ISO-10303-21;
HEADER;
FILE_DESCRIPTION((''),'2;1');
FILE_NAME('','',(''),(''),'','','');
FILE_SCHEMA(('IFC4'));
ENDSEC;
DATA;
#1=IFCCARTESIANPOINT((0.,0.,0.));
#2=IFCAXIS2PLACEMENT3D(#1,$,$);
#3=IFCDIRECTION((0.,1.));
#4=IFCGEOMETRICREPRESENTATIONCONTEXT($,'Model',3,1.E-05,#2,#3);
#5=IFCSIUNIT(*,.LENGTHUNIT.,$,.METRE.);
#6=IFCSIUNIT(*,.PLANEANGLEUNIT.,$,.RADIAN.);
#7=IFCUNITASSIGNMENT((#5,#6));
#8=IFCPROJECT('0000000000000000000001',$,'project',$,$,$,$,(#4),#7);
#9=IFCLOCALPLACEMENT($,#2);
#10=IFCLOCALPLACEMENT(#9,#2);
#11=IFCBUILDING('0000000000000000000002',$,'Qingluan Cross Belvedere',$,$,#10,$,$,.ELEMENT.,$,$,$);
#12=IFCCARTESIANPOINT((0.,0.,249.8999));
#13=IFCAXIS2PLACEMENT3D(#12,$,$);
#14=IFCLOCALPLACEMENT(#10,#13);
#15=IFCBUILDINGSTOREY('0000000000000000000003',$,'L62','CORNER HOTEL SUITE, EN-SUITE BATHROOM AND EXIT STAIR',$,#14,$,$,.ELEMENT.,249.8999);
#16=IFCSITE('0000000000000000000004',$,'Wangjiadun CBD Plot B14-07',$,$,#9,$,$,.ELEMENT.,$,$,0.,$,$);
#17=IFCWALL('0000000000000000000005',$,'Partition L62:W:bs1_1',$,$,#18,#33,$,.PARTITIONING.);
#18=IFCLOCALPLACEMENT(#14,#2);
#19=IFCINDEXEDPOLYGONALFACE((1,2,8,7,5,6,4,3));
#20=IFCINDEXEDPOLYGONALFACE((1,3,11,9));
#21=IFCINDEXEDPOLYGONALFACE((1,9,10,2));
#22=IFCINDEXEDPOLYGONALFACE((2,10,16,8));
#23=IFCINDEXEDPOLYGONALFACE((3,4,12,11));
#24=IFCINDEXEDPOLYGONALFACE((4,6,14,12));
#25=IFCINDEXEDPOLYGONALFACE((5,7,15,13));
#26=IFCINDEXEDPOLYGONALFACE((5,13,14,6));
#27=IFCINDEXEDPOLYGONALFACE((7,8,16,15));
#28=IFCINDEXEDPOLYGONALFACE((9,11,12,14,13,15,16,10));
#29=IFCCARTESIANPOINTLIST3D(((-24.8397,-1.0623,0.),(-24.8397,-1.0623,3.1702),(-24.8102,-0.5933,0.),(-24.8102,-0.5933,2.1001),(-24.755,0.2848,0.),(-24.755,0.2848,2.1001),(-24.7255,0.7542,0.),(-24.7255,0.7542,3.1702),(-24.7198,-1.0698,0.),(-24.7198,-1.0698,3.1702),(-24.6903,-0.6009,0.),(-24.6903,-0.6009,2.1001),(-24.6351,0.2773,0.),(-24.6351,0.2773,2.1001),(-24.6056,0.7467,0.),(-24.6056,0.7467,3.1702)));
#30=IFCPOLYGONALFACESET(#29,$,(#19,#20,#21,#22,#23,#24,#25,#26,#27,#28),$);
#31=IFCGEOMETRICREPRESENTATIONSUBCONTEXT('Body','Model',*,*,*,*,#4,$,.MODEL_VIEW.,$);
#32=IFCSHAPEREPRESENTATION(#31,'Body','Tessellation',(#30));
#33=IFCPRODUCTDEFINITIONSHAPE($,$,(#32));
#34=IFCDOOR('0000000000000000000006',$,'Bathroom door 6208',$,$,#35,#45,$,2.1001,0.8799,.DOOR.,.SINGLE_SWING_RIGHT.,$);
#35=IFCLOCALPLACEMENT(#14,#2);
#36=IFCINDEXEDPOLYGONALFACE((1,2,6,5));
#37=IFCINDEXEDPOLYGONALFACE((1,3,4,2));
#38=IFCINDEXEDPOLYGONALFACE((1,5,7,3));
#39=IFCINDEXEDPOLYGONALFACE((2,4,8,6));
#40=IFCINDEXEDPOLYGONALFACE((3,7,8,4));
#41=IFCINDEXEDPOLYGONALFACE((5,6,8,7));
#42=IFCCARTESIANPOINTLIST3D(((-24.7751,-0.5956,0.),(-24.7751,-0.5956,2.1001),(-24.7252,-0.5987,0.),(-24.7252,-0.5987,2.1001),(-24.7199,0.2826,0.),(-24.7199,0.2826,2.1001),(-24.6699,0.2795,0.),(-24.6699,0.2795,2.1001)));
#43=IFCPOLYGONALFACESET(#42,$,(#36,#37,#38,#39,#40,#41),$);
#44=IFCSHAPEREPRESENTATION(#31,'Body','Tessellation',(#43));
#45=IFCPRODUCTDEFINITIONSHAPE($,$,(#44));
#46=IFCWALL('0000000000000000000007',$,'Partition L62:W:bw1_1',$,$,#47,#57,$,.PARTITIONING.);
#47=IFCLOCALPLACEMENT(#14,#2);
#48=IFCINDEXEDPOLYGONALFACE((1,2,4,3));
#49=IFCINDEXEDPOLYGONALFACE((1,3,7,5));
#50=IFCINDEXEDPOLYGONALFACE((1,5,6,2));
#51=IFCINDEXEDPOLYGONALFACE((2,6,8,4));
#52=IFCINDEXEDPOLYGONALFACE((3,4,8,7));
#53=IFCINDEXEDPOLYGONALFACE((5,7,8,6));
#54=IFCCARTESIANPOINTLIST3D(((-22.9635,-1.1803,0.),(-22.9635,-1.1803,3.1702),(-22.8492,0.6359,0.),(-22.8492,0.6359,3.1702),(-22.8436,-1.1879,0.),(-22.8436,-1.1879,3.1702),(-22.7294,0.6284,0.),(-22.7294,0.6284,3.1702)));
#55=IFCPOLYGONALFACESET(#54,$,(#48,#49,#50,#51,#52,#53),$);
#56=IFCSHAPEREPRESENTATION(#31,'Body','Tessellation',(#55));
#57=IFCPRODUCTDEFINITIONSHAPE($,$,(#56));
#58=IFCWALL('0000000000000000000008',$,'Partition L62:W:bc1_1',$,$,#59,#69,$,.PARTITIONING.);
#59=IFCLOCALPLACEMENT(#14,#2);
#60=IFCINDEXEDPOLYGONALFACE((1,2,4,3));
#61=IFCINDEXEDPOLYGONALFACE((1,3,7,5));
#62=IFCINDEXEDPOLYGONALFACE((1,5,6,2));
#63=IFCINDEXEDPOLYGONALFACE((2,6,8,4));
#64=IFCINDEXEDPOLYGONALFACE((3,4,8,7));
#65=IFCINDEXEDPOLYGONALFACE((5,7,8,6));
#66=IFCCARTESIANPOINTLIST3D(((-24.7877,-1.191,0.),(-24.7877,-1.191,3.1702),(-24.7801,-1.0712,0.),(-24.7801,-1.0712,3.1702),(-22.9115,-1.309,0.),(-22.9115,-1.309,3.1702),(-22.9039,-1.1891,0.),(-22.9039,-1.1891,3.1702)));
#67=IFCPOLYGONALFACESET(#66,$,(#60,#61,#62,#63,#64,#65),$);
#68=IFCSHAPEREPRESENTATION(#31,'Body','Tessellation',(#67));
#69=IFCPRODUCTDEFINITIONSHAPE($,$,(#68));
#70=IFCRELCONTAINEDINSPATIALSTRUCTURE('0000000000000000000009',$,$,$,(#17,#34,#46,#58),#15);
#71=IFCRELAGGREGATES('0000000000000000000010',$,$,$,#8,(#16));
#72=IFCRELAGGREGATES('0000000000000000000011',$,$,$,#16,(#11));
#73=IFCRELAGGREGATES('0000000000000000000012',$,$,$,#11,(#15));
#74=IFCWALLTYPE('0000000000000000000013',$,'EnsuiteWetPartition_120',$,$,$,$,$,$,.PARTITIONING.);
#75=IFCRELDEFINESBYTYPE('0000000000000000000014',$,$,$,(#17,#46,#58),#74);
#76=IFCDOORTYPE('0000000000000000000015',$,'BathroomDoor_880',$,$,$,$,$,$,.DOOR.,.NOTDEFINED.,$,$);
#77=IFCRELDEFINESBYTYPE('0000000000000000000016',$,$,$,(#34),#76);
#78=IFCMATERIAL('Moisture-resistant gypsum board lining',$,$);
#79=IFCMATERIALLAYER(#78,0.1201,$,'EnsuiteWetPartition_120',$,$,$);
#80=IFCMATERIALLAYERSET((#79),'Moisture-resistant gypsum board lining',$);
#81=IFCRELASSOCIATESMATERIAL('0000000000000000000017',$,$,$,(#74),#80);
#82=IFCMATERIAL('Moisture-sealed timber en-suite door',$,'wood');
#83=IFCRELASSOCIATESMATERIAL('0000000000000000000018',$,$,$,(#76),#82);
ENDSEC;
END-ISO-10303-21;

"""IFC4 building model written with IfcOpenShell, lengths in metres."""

from ifc_helpers import new_model, si_unit, direction, frame, frame_2d, origin, place, context, subcontext, project, spatial, rectangle, extrude, material, layer, layer_set, type_object, element, fill, save


model = new_model("IFC4")

# Units and contexts
model_context = context("Model", 3, precision=1e-05, world=origin(), true_north=direction((0.0, 1.0)))
body_context = subcontext(model_context, "Body", "Model", "MODEL_VIEW")
ifc_project = project(units=[si_unit("LENGTHUNIT", "METRE"), si_unit("PLANEANGLEUNIT", "RADIAN")], contexts=[model_context])

# Site, building, storey
site_placement = place(None, origin())
site = spatial("IfcSite", under=ifc_project, at=site_placement, Name="Wangjiadun CBD Plot B14-07", CompositionType="ELEMENT", RefElevation=0.0)
building_placement = place(site_placement, origin())
building = spatial("IfcBuilding", under=site, at=building_placement, Name="Qingluan Cross Belvedere", CompositionType="ELEMENT")
storey_placement = place(building_placement, frame((0.0, 0.0, 249.8999)))
storey = spatial("IfcBuildingStorey", under=building, at=storey_placement, Name="L62", Description="CORNER HOTEL SUITE, EN-SUITE BATHROOM AND EXIT STAIR", CompositionType="ELEMENT", Elevation=249.8999)

# Shared definitions
ifc_material_1 = material(Name="Moisture-resistant gypsum board lining")
ifc_layer_1 = layer(ifc_material_1, 0.1201, Name="EnsuiteWetPartition_120")
ifc_layer_set_1 = layer_set([ifc_layer_1], Name="Moisture-resistant gypsum board lining")
wall_type_1 = type_object("IfcWallType", Name="EnsuiteWetPartition_120", PredefinedType="PARTITIONING", material=ifc_layer_set_1)
ifc_material_2 = material(Name="Moisture-sealed timber en-suite door", Category="wood")
door_type_1 = type_object("IfcDoorType", Name="BathroomDoor_880", OperationType="NOTDEFINED", PredefinedType="DOOR", material=ifc_material_2)

# Wall, opening, door
wall_1_placement = place(storey_placement, frame((-24.7798, -1.0662, 0.0), z_axis=(0.0, 0.0, 1.0), x_axis=(0.062779, 0.998027, 0.0)))
wall_1 = element("IfcWall", 1, at=wall_1_placement, inside=storey, type_object=wall_type_1, Name="Partition L62:W:bs1_1", PredefinedType="PARTITIONING", context=body_context, shape_type="SweptSolid", body=[
    extrude(rectangle(XDim=1.8201, YDim=0.1201, at=frame_2d((0.9102, 0.0))), origin(), (0.0, 0.0, 1.0), 3.1702),
])
opening_1_placement = place(wall_1_placement, frame((0.47, 0.0, 0.0)))
opening_1 = element("IfcOpeningElement", 2, at=opening_1_placement, cuts=wall_1, PredefinedType="OPENING", context=body_context, shape_type="SweptSolid", body=[
    extrude(rectangle(XDim=0.8799, YDim=2.1001, at=frame_2d((0.4399, 1.05))), frame((0.0, 0.0701, 0.0), z_axis=(0.0, -1.0, 0.0), x_axis=(1.0, 0.0, 0.0)), (0.0, 0.0, 1.0), 0.1401),
])
door_1_placement = place(opening_1_placement, origin())
door_1 = element("IfcDoor", 3, at=door_1_placement, inside=storey, type_object=door_type_1, Name="Bathroom door 6208", OperationType="SINGLE_SWING_RIGHT", OverallHeight=2.1001, OverallWidth=0.8799, PredefinedType="DOOR", context=body_context, shape_type="SweptSolid", body=[
    extrude(rectangle(XDim=0.8799, YDim=2.1001, at=frame_2d((0.4399, 1.05))), frame((0.0, 0.0249, 0.0), z_axis=(0.0, -1.0, 0.0), x_axis=(1.0, 0.0, 0.0)), (0.0, 0.0, 1.0), 0.05),
])
fill(opening_1, door_1)

# Walls
wall_2_placement = place(storey_placement, frame((-22.9036, -1.1841, 0.0), z_axis=(0.0, 0.0, 1.0), x_axis=(0.062788, 0.998027, 0.0)))
element("IfcWall", 4, at=wall_2_placement, inside=storey, type_object=wall_type_1, Name="Partition L62:W:bw1_1", PredefinedType="PARTITIONING", context=body_context, shape_type="SweptSolid", body=[
    extrude(rectangle(XDim=1.8198, YDim=0.1201, at=frame_2d((0.9099, 0.0))), origin(), (0.0, 0.0, 1.0), 3.1702),
])
wall_3_placement = place(storey_placement, frame((-22.9077, -1.249, 0.0), z_axis=(0.0, 0.0, 1.0), x_axis=(-0.998031, 0.062726, 0.0)))
element("IfcWall", 5, at=wall_3_placement, inside=storey, type_object=wall_type_1, Name="Partition L62:W:bc1_1", PredefinedType="PARTITIONING", context=body_context, shape_type="SweptSolid", body=[
    extrude(rectangle(XDim=1.8799, YDim=0.1201, at=frame_2d((0.9399, 0.0))), origin(), (0.0, 0.0, 1.0), 3.1702),
])

save(model, "model.ifc")
